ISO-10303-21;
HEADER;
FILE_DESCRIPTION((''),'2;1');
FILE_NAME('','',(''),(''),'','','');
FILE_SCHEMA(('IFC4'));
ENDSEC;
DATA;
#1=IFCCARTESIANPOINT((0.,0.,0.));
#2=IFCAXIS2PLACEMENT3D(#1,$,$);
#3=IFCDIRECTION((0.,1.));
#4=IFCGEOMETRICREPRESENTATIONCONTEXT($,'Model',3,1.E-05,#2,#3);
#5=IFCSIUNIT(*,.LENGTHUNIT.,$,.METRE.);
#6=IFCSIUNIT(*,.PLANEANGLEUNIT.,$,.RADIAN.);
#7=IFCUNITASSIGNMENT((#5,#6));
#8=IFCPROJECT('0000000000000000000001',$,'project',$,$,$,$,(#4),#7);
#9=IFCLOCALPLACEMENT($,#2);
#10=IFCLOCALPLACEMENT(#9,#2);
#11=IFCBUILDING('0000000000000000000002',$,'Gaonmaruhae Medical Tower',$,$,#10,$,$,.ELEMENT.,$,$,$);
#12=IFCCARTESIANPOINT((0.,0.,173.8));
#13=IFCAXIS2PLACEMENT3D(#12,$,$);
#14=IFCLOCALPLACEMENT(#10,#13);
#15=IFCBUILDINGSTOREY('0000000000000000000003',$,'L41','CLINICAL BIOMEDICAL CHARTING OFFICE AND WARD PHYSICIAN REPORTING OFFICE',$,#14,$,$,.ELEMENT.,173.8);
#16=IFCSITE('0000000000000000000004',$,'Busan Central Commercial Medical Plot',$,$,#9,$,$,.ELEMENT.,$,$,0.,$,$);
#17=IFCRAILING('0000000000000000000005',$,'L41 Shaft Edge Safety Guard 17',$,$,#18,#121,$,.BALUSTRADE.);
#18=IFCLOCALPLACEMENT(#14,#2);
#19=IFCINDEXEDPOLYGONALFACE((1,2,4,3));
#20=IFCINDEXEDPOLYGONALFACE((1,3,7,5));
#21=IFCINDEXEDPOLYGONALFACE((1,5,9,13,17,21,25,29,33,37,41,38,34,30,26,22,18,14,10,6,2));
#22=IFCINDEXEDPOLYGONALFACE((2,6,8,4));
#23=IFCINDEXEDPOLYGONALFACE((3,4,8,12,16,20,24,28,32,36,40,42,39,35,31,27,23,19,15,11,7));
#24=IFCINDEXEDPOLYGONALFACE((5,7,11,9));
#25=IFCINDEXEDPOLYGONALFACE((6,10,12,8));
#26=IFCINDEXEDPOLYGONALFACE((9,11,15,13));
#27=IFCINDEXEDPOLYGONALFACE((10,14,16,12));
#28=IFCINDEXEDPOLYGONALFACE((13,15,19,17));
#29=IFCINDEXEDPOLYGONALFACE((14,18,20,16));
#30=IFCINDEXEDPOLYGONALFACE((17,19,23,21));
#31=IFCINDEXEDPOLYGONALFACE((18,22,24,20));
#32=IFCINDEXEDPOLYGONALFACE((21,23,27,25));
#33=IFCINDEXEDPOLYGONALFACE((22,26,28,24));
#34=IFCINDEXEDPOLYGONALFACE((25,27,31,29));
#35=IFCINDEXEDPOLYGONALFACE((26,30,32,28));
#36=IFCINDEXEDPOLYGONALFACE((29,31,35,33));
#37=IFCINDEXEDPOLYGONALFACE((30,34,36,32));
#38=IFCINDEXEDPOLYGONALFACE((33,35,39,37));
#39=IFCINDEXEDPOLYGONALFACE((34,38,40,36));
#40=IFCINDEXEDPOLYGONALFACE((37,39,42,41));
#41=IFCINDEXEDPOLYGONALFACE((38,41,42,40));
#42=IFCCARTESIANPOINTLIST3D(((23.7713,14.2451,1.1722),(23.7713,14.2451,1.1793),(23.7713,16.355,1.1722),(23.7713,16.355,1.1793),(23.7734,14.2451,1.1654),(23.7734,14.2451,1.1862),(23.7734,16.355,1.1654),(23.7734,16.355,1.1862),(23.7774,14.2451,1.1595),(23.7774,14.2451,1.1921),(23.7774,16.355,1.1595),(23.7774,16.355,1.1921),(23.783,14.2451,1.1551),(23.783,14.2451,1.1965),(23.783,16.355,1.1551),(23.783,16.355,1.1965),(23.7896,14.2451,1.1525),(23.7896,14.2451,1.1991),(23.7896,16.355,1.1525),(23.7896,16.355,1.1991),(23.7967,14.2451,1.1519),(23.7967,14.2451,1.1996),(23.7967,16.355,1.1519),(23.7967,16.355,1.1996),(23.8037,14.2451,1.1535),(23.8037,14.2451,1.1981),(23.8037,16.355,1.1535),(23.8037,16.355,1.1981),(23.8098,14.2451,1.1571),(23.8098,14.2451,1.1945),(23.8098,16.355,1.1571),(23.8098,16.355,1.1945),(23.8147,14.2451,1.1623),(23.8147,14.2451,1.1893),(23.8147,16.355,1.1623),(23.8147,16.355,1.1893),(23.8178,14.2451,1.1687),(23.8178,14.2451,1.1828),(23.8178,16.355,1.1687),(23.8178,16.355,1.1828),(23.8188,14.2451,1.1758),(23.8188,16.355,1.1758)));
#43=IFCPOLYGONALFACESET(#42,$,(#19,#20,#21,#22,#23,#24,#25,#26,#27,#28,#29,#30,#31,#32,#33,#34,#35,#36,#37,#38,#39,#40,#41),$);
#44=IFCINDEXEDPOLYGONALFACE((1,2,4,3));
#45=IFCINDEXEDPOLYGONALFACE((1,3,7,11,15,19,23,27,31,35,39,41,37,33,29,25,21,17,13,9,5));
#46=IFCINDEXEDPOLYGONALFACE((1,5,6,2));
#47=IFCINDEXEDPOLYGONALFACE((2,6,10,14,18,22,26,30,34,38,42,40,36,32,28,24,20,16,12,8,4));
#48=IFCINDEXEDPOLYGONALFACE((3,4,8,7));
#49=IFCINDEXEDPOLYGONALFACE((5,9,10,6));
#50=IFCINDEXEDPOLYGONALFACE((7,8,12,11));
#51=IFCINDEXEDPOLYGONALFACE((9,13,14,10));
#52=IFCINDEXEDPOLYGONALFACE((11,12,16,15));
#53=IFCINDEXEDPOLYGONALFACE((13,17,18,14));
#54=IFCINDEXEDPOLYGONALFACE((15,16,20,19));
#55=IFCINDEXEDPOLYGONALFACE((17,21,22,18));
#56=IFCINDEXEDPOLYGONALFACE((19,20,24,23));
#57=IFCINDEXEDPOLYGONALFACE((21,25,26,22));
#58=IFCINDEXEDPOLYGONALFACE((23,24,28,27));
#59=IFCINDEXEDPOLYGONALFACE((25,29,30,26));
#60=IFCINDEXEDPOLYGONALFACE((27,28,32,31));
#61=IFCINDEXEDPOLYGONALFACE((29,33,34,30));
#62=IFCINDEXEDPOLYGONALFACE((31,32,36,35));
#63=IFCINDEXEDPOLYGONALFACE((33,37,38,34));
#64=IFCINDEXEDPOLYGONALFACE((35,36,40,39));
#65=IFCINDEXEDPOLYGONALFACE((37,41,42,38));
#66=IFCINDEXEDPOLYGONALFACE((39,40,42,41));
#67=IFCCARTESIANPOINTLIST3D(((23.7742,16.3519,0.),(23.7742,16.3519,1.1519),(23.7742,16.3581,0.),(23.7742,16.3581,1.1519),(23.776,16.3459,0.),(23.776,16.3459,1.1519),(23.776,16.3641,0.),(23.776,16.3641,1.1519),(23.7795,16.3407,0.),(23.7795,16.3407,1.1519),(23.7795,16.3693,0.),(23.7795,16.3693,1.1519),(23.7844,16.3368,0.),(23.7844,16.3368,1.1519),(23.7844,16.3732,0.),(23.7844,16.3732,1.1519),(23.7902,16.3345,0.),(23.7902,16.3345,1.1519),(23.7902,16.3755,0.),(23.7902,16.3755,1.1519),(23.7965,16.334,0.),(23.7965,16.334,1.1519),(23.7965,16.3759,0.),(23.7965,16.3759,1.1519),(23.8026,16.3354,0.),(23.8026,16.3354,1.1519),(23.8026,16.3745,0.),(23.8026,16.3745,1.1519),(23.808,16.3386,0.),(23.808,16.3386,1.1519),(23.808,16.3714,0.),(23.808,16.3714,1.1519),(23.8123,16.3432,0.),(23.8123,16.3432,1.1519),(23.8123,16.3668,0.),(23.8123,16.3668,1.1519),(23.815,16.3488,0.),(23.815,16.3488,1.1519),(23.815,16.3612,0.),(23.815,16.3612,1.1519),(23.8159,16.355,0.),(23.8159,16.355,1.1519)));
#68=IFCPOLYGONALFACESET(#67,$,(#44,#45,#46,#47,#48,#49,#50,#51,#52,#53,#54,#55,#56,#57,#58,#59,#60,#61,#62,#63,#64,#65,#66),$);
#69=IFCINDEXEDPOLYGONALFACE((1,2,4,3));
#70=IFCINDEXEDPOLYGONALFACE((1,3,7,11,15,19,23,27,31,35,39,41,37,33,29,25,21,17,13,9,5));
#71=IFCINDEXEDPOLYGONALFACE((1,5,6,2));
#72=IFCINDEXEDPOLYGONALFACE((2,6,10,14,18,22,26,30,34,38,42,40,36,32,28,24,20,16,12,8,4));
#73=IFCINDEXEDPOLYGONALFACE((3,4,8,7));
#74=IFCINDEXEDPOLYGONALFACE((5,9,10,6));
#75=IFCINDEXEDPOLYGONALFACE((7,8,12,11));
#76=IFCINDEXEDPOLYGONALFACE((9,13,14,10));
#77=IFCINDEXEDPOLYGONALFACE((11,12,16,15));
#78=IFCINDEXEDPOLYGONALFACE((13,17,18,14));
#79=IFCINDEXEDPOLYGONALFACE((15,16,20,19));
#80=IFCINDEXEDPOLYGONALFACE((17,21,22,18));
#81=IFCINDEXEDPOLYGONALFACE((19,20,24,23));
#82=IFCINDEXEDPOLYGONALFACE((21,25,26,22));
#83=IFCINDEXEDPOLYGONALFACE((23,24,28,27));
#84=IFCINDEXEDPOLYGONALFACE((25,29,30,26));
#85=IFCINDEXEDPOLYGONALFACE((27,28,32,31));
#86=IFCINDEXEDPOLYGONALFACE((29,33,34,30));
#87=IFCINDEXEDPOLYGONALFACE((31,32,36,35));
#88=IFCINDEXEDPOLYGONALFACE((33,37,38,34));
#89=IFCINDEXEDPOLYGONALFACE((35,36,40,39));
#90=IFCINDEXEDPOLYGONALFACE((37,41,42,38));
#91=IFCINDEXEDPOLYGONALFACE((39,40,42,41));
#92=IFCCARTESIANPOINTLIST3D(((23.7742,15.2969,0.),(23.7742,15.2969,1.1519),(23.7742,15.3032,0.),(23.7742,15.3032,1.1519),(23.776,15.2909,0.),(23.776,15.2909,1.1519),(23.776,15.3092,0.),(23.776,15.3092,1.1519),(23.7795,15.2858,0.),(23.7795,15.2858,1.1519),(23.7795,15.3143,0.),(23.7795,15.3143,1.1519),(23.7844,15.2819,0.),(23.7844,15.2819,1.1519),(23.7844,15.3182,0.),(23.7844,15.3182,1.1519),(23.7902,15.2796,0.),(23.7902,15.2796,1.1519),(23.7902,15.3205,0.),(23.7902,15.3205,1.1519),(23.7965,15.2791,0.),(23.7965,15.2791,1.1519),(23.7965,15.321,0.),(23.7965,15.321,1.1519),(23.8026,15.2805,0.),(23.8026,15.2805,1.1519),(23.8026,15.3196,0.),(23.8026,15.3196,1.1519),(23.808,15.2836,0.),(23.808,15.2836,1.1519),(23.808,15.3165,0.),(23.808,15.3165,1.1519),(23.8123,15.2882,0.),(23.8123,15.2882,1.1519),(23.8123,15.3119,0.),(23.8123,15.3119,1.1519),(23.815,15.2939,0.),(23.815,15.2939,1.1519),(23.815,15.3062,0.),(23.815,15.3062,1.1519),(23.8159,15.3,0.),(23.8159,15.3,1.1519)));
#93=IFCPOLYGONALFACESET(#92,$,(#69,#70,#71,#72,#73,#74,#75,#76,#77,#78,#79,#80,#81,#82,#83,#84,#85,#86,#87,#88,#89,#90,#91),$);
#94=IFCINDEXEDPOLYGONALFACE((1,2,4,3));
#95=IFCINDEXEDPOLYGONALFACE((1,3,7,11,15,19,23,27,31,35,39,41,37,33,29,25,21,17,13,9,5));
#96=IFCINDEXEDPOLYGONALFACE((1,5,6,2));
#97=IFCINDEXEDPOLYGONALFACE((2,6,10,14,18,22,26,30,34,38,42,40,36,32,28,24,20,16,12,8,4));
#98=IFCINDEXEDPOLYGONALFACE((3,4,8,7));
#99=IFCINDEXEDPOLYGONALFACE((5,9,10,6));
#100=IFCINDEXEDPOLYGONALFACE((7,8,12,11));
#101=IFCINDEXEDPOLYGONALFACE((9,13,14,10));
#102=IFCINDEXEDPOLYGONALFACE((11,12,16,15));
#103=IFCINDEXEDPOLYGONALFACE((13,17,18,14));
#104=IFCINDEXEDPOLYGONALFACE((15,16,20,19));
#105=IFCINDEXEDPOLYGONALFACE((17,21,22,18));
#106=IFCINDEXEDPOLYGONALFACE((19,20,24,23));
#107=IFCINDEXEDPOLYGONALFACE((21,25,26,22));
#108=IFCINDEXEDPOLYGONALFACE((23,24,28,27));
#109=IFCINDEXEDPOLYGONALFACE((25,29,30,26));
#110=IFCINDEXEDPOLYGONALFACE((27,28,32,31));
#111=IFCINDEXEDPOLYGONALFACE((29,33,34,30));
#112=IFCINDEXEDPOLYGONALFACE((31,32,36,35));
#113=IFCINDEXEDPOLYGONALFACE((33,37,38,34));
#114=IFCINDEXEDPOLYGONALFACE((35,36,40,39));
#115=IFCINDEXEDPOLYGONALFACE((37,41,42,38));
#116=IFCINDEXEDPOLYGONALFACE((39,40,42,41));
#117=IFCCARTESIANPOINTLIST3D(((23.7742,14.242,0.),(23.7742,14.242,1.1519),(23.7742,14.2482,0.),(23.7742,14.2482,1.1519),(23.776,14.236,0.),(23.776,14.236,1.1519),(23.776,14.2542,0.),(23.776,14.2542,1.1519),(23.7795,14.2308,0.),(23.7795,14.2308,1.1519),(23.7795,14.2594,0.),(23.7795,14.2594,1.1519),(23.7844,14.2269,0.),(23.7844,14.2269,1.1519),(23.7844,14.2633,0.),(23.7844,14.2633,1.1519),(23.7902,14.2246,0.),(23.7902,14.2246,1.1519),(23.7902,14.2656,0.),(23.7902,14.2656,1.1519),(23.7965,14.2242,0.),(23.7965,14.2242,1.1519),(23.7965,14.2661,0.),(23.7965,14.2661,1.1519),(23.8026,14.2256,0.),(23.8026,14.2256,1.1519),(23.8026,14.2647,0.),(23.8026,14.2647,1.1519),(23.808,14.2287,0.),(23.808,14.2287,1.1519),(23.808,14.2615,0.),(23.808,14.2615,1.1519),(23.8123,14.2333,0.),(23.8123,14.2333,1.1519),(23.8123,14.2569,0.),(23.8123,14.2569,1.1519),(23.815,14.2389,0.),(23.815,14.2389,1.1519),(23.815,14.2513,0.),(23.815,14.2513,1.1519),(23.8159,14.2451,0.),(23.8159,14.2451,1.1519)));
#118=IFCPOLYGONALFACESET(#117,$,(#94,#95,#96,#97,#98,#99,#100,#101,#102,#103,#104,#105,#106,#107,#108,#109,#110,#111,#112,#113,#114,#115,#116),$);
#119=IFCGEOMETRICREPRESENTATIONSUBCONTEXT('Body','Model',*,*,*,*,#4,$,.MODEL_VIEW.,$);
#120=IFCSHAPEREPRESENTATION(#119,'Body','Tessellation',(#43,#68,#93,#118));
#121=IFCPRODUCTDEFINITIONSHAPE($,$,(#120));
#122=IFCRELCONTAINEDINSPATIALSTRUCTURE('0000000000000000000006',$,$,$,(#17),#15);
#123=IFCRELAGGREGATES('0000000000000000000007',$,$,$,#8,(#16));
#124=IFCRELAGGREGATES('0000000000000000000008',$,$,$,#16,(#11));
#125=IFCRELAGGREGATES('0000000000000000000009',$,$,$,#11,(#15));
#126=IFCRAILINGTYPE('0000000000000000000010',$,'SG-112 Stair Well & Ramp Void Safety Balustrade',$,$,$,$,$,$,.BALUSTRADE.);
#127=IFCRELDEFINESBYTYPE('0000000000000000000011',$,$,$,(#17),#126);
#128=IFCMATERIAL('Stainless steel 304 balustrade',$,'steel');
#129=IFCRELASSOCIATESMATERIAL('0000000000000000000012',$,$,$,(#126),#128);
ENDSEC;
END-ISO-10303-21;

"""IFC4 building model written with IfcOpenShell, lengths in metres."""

from ifc_helpers import new_model, si_unit, direction, frame, origin, origin_2d, place, context, subcontext, project, spatial, circle, extrude, material, type_object, element, save


model = new_model("IFC4")

# Units and contexts
model_context = context("Model", 3, precision=1e-05, world=origin(), true_north=direction((0.0, 1.0)))
body_context = subcontext(model_context, "Body", "Model", "MODEL_VIEW")
ifc_project = project(units=[si_unit("LENGTHUNIT", "METRE"), si_unit("PLANEANGLEUNIT", "RADIAN")], contexts=[model_context])

# Site, building, storey
site_placement = place(None, origin())
site = spatial("IfcSite", under=ifc_project, at=site_placement, Name="Busan Central Commercial Medical Plot", CompositionType="ELEMENT", RefElevation=0.0)
building_placement = place(site_placement, origin())
building = spatial("IfcBuilding", under=site, at=building_placement, Name="Gaonmaruhae Medical Tower", CompositionType="ELEMENT")
storey_placement = place(building_placement, frame((0.0, 0.0, 173.8)))
storey = spatial("IfcBuildingStorey", under=building, at=storey_placement, Name="L41", Description="CLINICAL BIOMEDICAL CHARTING OFFICE AND WARD PHYSICIAN REPORTING OFFICE", CompositionType="ELEMENT", Elevation=173.8)

# Railing
ifc_material_1 = material(Name="Stainless steel 304 balustrade", Category="steel")
railing_type_1 = type_object("IfcRailingType", Name="SG-112 Stair Well & Ramp Void Safety Balustrade", PredefinedType="BALUSTRADE", material=ifc_material_1)
railing_1_placement = place(storey_placement, frame((23.7949, 16.355, 0.0)))
element("IfcRailing", 1, at=railing_1_placement, inside=storey, type_object=railing_type_1, Name="L41 Shaft Edge Safety Guard 17", PredefinedType="BALUSTRADE", context=body_context, shape_type="SweptSolid", body=[
    extrude(circle(Radius=0.0239, at=origin_2d()), frame((0.0, 0.0, 1.1758), z_axis=(0.0, -1.0, 0.0), x_axis=(1.0, 0.0, 0.0)), (0.0, 0.0, 1.0), 2.1099),
    extrude(circle(Radius=0.021, at=origin_2d()), origin(), (0.0, 0.0, 1.0), 1.1519),
    extrude(circle(Radius=0.021, at=origin_2d()), frame((0.0, -1.0549, 0.0)), (0.0, 0.0, 1.0), 1.1519),
    extrude(circle(Radius=0.021, at=origin_2d()), frame((0.0, -2.1099, 0.0)), (0.0, 0.0, 1.0), 1.1519),
])

save(model, "model.ifc")
